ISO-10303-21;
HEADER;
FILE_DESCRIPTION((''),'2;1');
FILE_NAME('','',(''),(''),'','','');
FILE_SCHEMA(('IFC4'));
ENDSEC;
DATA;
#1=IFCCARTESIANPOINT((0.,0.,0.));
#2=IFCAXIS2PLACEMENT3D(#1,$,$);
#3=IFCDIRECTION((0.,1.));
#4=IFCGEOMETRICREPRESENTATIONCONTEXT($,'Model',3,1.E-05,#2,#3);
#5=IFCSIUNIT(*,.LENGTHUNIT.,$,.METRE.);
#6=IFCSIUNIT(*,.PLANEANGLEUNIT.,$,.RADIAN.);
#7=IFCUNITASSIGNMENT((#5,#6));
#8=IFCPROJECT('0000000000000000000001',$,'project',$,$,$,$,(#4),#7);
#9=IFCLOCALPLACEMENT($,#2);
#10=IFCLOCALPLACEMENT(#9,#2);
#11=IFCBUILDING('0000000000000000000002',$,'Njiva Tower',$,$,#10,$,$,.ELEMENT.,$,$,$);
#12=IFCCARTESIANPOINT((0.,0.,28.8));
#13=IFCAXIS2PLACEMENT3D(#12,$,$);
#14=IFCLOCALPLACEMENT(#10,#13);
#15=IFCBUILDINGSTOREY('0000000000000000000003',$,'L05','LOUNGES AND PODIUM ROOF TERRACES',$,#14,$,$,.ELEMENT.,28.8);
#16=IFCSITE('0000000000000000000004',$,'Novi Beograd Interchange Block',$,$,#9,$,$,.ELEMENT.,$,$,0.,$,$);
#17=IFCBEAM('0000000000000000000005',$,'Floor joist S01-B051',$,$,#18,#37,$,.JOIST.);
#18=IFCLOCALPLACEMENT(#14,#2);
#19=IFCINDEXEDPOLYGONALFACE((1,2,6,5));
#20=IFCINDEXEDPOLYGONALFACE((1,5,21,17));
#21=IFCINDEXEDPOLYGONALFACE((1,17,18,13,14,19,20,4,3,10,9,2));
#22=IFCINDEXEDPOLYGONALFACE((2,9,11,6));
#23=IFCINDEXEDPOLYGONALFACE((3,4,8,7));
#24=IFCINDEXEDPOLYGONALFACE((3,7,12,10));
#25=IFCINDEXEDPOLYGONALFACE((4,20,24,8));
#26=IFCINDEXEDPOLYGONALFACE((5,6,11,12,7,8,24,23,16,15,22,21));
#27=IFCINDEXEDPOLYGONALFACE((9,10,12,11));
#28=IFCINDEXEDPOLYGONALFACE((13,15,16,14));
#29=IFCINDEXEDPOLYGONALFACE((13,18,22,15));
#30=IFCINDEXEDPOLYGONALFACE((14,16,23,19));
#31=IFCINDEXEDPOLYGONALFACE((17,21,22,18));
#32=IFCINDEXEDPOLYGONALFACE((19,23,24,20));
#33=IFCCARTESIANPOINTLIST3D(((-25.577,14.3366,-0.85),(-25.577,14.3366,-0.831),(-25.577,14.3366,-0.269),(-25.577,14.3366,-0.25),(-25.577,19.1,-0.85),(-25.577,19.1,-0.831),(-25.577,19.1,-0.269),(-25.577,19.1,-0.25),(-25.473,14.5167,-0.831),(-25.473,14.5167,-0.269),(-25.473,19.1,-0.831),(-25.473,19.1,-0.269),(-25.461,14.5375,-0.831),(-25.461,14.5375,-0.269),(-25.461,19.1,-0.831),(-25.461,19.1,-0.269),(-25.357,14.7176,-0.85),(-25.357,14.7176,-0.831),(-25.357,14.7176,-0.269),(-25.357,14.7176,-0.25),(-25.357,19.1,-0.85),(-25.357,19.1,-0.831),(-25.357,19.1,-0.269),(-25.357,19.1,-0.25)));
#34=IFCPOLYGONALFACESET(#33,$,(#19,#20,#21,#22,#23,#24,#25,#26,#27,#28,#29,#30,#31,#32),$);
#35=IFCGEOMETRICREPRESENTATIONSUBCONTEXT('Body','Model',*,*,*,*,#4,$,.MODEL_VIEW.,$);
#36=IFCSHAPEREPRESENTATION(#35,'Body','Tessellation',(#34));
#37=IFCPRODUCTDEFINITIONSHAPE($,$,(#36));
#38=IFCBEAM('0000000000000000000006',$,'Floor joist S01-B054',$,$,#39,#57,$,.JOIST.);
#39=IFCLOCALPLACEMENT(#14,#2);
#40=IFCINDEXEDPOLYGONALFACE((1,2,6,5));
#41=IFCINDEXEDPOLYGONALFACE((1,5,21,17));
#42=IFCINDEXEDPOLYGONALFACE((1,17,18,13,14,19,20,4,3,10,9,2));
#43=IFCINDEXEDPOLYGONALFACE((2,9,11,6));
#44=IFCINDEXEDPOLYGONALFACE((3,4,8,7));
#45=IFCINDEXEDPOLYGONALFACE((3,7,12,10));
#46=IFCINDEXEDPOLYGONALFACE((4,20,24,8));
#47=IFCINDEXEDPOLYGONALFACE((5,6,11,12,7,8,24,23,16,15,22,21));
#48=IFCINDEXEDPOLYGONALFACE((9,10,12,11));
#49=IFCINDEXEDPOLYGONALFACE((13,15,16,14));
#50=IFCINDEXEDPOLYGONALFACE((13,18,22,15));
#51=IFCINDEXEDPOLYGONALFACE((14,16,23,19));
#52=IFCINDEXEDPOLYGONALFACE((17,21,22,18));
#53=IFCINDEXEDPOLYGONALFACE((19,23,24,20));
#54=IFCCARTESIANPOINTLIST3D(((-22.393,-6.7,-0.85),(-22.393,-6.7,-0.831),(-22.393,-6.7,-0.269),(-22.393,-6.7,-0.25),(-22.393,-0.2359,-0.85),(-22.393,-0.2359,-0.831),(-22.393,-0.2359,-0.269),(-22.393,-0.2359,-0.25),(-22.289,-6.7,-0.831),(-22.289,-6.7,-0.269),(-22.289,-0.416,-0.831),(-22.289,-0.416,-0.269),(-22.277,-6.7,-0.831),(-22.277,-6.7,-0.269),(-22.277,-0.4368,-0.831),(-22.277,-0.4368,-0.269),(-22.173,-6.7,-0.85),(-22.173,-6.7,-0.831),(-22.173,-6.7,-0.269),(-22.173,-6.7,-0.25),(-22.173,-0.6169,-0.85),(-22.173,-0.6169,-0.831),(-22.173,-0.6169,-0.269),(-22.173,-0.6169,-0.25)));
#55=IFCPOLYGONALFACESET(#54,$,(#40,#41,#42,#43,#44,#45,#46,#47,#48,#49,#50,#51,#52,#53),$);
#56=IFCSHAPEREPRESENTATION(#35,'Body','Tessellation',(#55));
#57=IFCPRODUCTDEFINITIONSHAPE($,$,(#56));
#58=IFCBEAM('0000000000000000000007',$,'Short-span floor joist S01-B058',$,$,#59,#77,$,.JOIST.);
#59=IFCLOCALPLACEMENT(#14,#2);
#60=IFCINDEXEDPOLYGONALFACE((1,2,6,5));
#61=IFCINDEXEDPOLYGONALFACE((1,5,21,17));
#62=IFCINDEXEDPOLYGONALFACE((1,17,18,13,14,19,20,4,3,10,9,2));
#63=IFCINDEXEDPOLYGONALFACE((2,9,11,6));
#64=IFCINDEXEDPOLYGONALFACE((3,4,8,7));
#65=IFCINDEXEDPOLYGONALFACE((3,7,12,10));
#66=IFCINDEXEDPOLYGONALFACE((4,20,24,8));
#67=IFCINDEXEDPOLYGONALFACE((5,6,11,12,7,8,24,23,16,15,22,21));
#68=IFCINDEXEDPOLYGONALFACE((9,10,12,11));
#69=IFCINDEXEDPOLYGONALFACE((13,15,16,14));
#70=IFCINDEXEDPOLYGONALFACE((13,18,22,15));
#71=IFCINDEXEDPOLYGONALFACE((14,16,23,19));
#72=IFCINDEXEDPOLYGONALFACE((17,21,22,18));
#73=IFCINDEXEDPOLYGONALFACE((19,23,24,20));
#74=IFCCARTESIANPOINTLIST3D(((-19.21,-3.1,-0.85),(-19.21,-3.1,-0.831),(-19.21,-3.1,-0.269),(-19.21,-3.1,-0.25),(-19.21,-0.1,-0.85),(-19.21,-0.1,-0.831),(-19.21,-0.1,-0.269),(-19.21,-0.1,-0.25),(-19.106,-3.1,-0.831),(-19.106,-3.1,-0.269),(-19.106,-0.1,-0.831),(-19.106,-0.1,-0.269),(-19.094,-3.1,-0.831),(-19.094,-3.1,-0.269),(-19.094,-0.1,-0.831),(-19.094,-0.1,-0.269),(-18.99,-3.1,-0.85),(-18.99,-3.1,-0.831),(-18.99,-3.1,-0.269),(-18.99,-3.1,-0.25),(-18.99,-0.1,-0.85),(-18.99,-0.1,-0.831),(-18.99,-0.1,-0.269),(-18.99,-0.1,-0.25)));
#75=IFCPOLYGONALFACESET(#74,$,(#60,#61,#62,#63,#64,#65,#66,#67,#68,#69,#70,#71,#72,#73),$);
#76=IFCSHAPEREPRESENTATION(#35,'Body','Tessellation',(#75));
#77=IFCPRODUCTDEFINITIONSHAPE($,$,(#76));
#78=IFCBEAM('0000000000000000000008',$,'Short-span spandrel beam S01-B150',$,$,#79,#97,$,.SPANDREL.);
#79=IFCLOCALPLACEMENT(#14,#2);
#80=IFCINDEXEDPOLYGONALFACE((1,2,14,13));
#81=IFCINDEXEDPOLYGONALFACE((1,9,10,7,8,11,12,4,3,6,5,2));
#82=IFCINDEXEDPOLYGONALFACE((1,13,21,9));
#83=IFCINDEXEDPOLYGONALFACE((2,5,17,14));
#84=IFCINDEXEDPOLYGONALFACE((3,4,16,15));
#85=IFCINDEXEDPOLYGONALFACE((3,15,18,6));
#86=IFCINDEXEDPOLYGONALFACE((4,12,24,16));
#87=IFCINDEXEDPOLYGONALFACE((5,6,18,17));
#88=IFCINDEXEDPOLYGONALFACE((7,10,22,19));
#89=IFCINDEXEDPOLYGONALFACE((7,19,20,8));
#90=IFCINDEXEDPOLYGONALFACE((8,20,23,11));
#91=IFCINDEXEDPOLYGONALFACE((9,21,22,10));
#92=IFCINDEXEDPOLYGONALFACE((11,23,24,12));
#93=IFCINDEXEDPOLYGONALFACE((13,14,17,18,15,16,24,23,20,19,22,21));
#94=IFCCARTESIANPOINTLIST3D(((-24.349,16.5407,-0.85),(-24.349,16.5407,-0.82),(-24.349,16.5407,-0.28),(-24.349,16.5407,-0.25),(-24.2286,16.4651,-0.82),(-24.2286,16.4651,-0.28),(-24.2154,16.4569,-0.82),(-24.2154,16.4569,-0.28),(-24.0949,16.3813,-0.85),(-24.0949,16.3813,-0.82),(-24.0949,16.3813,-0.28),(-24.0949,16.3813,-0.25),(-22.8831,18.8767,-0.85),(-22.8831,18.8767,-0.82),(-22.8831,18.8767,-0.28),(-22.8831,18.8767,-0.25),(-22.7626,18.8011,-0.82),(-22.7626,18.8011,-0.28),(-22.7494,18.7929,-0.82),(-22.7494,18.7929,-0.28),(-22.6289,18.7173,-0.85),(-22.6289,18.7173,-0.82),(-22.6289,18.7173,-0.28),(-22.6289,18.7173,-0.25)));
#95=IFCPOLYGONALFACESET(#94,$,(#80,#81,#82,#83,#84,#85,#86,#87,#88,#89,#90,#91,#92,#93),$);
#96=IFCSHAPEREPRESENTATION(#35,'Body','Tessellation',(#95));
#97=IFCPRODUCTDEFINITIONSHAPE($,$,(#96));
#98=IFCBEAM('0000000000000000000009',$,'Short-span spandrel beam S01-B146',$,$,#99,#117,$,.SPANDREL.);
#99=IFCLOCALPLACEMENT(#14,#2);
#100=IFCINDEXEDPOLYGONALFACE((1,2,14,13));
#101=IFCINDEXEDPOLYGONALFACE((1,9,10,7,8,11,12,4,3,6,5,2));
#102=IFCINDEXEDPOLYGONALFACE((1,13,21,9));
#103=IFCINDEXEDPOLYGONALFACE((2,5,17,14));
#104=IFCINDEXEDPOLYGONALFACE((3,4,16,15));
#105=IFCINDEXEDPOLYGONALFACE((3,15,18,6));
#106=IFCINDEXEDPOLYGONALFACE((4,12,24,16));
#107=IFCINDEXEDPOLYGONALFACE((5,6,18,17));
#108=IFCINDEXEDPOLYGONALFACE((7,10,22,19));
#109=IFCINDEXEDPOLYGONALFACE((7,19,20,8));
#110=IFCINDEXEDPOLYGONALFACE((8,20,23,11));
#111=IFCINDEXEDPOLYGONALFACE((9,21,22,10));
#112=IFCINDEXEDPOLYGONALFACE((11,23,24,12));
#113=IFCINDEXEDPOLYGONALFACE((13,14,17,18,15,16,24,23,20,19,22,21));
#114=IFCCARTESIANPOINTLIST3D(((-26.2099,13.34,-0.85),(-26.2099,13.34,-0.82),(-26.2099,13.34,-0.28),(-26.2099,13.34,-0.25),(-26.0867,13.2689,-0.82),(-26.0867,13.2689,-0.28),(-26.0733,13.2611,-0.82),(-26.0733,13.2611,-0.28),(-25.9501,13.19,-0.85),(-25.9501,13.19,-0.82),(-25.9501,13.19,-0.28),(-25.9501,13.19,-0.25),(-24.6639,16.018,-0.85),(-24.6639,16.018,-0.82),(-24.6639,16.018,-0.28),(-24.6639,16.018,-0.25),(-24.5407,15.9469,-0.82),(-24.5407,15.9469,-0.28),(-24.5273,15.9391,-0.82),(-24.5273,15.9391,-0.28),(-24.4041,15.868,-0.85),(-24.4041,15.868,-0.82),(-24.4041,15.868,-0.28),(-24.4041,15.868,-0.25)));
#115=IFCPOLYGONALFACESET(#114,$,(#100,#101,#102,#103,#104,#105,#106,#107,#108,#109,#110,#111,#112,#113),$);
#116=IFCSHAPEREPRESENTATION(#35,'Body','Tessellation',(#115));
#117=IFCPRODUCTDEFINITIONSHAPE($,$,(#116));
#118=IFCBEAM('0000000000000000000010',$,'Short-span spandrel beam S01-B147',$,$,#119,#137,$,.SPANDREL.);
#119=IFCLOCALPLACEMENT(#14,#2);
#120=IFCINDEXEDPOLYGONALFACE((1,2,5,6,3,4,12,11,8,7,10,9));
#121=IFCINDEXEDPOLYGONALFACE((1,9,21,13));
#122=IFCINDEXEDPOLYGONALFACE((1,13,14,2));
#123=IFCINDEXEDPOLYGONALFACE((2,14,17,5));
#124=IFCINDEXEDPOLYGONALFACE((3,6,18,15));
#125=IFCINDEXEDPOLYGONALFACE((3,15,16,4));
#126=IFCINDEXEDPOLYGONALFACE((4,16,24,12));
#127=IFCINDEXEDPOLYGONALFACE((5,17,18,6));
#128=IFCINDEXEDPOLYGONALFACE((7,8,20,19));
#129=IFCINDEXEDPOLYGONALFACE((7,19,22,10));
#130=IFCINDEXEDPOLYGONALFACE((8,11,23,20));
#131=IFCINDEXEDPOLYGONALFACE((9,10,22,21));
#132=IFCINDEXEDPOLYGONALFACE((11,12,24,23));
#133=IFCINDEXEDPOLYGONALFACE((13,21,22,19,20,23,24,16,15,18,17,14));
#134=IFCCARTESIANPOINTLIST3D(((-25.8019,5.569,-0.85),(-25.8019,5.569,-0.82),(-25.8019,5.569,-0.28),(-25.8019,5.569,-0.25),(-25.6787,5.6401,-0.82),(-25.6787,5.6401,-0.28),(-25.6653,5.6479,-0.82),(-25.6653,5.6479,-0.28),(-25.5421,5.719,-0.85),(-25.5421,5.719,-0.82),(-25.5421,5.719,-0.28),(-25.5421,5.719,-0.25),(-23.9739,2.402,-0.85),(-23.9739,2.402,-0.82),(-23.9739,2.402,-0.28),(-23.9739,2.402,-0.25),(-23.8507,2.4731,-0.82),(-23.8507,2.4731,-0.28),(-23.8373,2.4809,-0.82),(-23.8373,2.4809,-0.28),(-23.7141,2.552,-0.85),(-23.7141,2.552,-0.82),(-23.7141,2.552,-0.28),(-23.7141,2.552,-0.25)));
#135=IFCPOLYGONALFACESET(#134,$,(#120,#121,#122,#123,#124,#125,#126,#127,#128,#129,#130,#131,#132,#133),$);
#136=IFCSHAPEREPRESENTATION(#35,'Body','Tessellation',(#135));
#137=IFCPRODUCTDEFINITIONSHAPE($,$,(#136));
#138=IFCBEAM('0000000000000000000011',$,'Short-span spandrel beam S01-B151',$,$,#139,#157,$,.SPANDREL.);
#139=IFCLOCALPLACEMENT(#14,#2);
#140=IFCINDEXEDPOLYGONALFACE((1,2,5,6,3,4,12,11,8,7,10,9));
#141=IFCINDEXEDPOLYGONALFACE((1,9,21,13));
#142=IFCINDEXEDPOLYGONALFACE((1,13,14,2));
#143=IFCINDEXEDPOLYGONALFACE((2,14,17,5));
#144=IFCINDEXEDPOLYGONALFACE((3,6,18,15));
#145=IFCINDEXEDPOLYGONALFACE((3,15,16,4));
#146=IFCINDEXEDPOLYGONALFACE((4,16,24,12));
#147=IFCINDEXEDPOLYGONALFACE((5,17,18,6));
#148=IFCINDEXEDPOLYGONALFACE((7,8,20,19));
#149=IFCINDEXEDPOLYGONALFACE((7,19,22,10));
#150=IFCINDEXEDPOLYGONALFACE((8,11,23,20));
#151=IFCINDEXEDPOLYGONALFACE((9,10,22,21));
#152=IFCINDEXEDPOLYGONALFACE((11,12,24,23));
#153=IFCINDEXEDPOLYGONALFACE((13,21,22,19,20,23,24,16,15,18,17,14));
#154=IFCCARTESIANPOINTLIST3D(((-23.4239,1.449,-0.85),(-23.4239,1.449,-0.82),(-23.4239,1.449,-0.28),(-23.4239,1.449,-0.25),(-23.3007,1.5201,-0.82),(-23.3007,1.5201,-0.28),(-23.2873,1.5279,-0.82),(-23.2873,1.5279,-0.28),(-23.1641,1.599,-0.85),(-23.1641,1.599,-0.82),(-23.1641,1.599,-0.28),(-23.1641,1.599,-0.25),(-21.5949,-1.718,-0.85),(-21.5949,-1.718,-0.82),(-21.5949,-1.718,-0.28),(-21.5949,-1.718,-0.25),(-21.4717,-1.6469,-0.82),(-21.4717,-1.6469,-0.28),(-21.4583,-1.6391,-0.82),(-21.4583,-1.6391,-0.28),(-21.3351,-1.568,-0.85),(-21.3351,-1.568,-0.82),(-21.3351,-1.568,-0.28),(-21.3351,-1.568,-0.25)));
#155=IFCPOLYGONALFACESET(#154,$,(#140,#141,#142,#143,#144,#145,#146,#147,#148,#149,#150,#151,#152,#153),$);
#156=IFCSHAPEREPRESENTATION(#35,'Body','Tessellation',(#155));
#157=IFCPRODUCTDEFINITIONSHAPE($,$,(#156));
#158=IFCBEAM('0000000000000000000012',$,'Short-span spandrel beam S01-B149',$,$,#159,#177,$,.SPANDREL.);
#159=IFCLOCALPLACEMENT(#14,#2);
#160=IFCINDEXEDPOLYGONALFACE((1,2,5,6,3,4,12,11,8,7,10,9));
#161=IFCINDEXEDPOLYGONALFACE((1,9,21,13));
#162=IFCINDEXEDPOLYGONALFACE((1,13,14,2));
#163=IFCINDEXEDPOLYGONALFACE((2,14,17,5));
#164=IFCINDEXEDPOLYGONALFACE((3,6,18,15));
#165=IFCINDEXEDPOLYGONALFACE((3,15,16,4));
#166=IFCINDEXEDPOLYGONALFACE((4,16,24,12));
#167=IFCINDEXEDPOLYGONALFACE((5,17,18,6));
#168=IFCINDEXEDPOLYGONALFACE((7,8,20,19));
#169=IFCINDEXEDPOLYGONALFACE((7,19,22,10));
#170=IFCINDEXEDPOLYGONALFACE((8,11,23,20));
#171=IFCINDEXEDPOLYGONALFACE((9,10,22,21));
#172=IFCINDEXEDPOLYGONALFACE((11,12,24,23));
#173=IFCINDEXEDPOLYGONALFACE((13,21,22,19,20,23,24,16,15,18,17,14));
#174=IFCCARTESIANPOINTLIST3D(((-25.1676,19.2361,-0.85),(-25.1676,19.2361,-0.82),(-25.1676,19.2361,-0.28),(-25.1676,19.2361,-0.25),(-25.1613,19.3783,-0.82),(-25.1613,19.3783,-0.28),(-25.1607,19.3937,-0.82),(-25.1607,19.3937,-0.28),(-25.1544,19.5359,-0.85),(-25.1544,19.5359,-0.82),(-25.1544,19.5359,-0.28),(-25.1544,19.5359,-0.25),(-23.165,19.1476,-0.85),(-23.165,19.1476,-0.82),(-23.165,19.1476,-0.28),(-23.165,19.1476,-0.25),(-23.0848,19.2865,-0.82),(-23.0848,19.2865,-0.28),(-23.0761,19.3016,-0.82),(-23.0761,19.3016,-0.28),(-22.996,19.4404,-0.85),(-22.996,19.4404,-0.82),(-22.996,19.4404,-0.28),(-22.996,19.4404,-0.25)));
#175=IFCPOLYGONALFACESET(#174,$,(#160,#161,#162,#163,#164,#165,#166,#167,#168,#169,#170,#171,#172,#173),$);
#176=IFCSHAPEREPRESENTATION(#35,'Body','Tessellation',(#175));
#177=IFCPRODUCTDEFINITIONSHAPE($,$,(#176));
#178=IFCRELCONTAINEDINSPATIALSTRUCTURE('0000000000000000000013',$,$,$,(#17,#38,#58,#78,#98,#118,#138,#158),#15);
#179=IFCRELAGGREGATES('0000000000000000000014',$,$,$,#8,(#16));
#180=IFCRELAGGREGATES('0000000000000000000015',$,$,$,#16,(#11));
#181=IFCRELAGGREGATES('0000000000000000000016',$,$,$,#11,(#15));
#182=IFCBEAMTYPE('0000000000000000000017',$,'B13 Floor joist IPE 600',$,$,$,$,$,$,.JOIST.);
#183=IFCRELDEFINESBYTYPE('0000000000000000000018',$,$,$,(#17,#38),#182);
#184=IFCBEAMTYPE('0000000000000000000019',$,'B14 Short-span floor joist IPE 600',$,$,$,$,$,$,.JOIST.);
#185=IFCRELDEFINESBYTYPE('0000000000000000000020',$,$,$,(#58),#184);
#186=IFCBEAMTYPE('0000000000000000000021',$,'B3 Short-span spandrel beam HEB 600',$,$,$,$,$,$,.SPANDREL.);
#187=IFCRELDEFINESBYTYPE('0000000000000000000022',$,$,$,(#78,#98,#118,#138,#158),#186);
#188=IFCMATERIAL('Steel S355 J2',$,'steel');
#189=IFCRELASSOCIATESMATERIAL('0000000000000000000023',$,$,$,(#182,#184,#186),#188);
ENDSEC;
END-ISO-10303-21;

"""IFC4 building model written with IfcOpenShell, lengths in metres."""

from ifc_helpers import new_model, si_unit, direction, frame, origin, origin_2d, place, context, subcontext, project, spatial, i_section, extrude, clip, halfspace, material, material_profile, profile_set, type_object, element, save


model = new_model("IFC4")

# Units and contexts
model_context = context("Model", 3, precision=1e-05, world=origin(), true_north=direction((0.0, 1.0)))
body_context = subcontext(model_context, "Body", "Model", "MODEL_VIEW")
ifc_project = project(units=[si_unit("LENGTHUNIT", "METRE"), si_unit("PLANEANGLEUNIT", "RADIAN")], contexts=[model_context])

# Site, building, storey
site_placement = place(None, origin())
site = spatial("IfcSite", under=ifc_project, at=site_placement, Name="Novi Beograd Interchange Block", CompositionType="ELEMENT", RefElevation=0.0)
building_placement = place(site_placement, origin())
building = spatial("IfcBuilding", under=site, at=building_placement, Name="Njiva Tower", CompositionType="ELEMENT")
storey_placement = place(building_placement, frame((0.0, 0.0, 28.8)))
storey = spatial("IfcBuildingStorey", under=building, at=storey_placement, Name="L05", Description="LOUNGES AND PODIUM ROOF TERRACES", CompositionType="ELEMENT", Elevation=28.8)

# Shared definitions
ifc_material_1 = material(Name="Steel S355 J2", Category="steel")

# Beams
ifc_material_profile_1 = material_profile(ifc_material_1, i_section(OverallWidth=0.22, OverallDepth=0.6, WebThickness=0.012, FlangeThickness=0.019, at=origin_2d()), Name="IPE 600")
ifc_profile_set_1 = profile_set([ifc_material_profile_1], Name="Steel S355 J2")
beam_type_1 = type_object("IfcBeamType", Name="B13 Floor joist IPE 600", PredefinedType="JOIST", material=ifc_profile_set_1)
beam_1_placement = place(storey_placement, frame((-25.467, 19.1, -0.55), z_axis=(0.0, -1.0, 0.0), x_axis=(1.0, 0.0, 0.0)))
element("IfcBeam", 1, at=beam_1_placement, inside=storey, type_object=beam_type_1, Name="Floor joist S01-B051", PredefinedType="JOIST", context=body_context, shape_type="Clipping", body=[
    clip(extrude(i_section(OverallWidth=0.22, OverallDepth=0.6, WebThickness=0.012, FlangeThickness=0.019, at=origin_2d()), origin(), (0.0, 0.0, 1.0), 4.783), halfspace(frame((0.0436, 0.0, 4.4974), z_axis=(0.866027, 0.0, 0.499998), x_axis=(0.0, 1.0, 0.0)), False)),
])
beam_2_placement = place(storey_placement, frame((-22.283, -0.215, -0.55), z_axis=(0.0, -1.0, 0.0), x_axis=(1.0, 0.0, 0.0)))
element("IfcBeam", 2, at=beam_2_placement, inside=storey, type_object=beam_type_1, Name="Floor joist S01-B054", PredefinedType="JOIST", context=body_context, shape_type="Clipping", body=[
    clip(extrude(i_section(OverallWidth=0.22, OverallDepth=0.6, WebThickness=0.012, FlangeThickness=0.019, at=origin_2d()), origin(), (0.0, 0.0, 1.0), 6.485), halfspace(frame((0.043, 0.0, 0.2859), z_axis=(0.866027, 0.0, -0.499998), x_axis=(0.0, -1.0, 0.0)), False)),
])
ifc_material_profile_2 = material_profile(ifc_material_1, i_section(OverallWidth=0.22, OverallDepth=0.6, WebThickness=0.012, FlangeThickness=0.019, at=origin_2d()), Name="IPE 600")
ifc_profile_set_2 = profile_set([ifc_material_profile_2], Name="Steel S355 J2")
beam_type_2 = type_object("IfcBeamType", Name="B14 Short-span floor joist IPE 600", PredefinedType="JOIST", material=ifc_profile_set_2)
beam_3_placement = place(storey_placement, frame((-19.1, -0.1, -0.55), z_axis=(0.0, -1.0, 0.0), x_axis=(1.0, 0.0, 0.0)))
element("IfcBeam", 3, at=beam_3_placement, inside=storey, type_object=beam_type_2, Name="Short-span floor joist S01-B058", PredefinedType="JOIST", context=body_context, shape_type="SweptSolid", body=[
    extrude(i_section(OverallWidth=0.22, OverallDepth=0.6, WebThickness=0.012, FlangeThickness=0.019, at=origin_2d()), origin(), (0.0, 0.0, 1.0), 3.0),
])
ifc_material_profile_3 = material_profile(ifc_material_1, i_section(OverallWidth=0.3, OverallDepth=0.6, WebThickness=0.0155, FlangeThickness=0.03, at=origin_2d()), Name="HEB 600")
ifc_profile_set_3 = profile_set([ifc_material_profile_3], Name="Steel S355 J2")
beam_type_3 = type_object("IfcBeamType", Name="B3 Short-span spandrel beam HEB 600", PredefinedType="SPANDREL", material=ifc_profile_set_3)
beam_4_placement = place(storey_placement, frame((-22.756, 18.797, -0.55), z_axis=(-0.531562, -0.847019, 0.0), x_axis=(0.847019, -0.531562, 0.0)))
element("IfcBeam", 4, at=beam_4_placement, inside=storey, type_object=beam_type_3, Name="Short-span spandrel beam S01-B150", PredefinedType="SPANDREL", context=body_context, shape_type="SweptSolid", body=[
    extrude(i_section(OverallWidth=0.3, OverallDepth=0.6, WebThickness=0.0155, FlangeThickness=0.03, at=origin_2d()), origin(), (0.0, 0.0, 1.0), 2.7579),
])
beam_5_placement = place(storey_placement, frame((-24.534, 15.943, -0.55), z_axis=(-0.499965, -0.866046, 0.0), x_axis=(0.866046, -0.499965, 0.0)))
element("IfcBeam", 5, at=beam_5_placement, inside=storey, type_object=beam_type_3, Name="Short-span spandrel beam S01-B146", PredefinedType="SPANDREL", context=body_context, shape_type="SweptSolid", body=[
    extrude(i_section(OverallWidth=0.3, OverallDepth=0.6, WebThickness=0.0155, FlangeThickness=0.03, at=origin_2d()), origin(), (0.0, 0.0, 1.0), 3.0922),
])
beam_6_placement = place(storey_placement, frame((-25.672, 5.644, -0.55), z_axis=(0.499904, -0.866081, 0.0), x_axis=(0.866081, 0.499904, 0.0)))
element("IfcBeam", 6, at=beam_6_placement, inside=storey, type_object=beam_type_3, Name="Short-span spandrel beam S01-B147", PredefinedType="SPANDREL", context=body_context, shape_type="SweptSolid", body=[
    extrude(i_section(OverallWidth=0.3, OverallDepth=0.6, WebThickness=0.0155, FlangeThickness=0.03, at=origin_2d()), origin(), (0.0, 0.0, 1.0), 3.6567),
])
beam_7_placement = place(storey_placement, frame((-23.294, 1.524, -0.55), z_axis=(0.500109, -0.865962, 0.0), x_axis=(0.865962, 0.500109, 0.0)))
element("IfcBeam", 7, at=beam_7_placement, inside=storey, type_object=beam_type_3, Name="Short-span spandrel beam S01-B151", PredefinedType="SPANDREL", context=body_context, shape_type="SweptSolid", body=[
    extrude(i_section(OverallWidth=0.3, OverallDepth=0.6, WebThickness=0.0155, FlangeThickness=0.03, at=origin_2d()), origin(), (0.0, 0.0, 1.0), 3.6572),
])
beam_8_placement = place(storey_placement, frame((-25.161, 19.386, -0.55), z_axis=(0.999024, -0.044166, 0.0), x_axis=(0.044166, 0.999024, 0.0)))
element("IfcBeam", 8, at=beam_8_placement, inside=storey, type_object=beam_type_3, Name="Short-span spandrel beam S01-B149", PredefinedType="SPANDREL", context=body_context, shape_type="Clipping", body=[
    clip(extrude(i_section(OverallWidth=0.3, OverallDepth=0.6, WebThickness=0.0155, FlangeThickness=0.03, at=origin_2d()), origin(), (0.0, 0.0, 1.0), 2.181), halfspace(frame((-0.0228, 0.0, 2.0707), z_axis=(-0.461261, 0.0, 0.887265), x_axis=(0.0, 1.0, 0.0)), False)),
])

save(model, "model.ifc")
